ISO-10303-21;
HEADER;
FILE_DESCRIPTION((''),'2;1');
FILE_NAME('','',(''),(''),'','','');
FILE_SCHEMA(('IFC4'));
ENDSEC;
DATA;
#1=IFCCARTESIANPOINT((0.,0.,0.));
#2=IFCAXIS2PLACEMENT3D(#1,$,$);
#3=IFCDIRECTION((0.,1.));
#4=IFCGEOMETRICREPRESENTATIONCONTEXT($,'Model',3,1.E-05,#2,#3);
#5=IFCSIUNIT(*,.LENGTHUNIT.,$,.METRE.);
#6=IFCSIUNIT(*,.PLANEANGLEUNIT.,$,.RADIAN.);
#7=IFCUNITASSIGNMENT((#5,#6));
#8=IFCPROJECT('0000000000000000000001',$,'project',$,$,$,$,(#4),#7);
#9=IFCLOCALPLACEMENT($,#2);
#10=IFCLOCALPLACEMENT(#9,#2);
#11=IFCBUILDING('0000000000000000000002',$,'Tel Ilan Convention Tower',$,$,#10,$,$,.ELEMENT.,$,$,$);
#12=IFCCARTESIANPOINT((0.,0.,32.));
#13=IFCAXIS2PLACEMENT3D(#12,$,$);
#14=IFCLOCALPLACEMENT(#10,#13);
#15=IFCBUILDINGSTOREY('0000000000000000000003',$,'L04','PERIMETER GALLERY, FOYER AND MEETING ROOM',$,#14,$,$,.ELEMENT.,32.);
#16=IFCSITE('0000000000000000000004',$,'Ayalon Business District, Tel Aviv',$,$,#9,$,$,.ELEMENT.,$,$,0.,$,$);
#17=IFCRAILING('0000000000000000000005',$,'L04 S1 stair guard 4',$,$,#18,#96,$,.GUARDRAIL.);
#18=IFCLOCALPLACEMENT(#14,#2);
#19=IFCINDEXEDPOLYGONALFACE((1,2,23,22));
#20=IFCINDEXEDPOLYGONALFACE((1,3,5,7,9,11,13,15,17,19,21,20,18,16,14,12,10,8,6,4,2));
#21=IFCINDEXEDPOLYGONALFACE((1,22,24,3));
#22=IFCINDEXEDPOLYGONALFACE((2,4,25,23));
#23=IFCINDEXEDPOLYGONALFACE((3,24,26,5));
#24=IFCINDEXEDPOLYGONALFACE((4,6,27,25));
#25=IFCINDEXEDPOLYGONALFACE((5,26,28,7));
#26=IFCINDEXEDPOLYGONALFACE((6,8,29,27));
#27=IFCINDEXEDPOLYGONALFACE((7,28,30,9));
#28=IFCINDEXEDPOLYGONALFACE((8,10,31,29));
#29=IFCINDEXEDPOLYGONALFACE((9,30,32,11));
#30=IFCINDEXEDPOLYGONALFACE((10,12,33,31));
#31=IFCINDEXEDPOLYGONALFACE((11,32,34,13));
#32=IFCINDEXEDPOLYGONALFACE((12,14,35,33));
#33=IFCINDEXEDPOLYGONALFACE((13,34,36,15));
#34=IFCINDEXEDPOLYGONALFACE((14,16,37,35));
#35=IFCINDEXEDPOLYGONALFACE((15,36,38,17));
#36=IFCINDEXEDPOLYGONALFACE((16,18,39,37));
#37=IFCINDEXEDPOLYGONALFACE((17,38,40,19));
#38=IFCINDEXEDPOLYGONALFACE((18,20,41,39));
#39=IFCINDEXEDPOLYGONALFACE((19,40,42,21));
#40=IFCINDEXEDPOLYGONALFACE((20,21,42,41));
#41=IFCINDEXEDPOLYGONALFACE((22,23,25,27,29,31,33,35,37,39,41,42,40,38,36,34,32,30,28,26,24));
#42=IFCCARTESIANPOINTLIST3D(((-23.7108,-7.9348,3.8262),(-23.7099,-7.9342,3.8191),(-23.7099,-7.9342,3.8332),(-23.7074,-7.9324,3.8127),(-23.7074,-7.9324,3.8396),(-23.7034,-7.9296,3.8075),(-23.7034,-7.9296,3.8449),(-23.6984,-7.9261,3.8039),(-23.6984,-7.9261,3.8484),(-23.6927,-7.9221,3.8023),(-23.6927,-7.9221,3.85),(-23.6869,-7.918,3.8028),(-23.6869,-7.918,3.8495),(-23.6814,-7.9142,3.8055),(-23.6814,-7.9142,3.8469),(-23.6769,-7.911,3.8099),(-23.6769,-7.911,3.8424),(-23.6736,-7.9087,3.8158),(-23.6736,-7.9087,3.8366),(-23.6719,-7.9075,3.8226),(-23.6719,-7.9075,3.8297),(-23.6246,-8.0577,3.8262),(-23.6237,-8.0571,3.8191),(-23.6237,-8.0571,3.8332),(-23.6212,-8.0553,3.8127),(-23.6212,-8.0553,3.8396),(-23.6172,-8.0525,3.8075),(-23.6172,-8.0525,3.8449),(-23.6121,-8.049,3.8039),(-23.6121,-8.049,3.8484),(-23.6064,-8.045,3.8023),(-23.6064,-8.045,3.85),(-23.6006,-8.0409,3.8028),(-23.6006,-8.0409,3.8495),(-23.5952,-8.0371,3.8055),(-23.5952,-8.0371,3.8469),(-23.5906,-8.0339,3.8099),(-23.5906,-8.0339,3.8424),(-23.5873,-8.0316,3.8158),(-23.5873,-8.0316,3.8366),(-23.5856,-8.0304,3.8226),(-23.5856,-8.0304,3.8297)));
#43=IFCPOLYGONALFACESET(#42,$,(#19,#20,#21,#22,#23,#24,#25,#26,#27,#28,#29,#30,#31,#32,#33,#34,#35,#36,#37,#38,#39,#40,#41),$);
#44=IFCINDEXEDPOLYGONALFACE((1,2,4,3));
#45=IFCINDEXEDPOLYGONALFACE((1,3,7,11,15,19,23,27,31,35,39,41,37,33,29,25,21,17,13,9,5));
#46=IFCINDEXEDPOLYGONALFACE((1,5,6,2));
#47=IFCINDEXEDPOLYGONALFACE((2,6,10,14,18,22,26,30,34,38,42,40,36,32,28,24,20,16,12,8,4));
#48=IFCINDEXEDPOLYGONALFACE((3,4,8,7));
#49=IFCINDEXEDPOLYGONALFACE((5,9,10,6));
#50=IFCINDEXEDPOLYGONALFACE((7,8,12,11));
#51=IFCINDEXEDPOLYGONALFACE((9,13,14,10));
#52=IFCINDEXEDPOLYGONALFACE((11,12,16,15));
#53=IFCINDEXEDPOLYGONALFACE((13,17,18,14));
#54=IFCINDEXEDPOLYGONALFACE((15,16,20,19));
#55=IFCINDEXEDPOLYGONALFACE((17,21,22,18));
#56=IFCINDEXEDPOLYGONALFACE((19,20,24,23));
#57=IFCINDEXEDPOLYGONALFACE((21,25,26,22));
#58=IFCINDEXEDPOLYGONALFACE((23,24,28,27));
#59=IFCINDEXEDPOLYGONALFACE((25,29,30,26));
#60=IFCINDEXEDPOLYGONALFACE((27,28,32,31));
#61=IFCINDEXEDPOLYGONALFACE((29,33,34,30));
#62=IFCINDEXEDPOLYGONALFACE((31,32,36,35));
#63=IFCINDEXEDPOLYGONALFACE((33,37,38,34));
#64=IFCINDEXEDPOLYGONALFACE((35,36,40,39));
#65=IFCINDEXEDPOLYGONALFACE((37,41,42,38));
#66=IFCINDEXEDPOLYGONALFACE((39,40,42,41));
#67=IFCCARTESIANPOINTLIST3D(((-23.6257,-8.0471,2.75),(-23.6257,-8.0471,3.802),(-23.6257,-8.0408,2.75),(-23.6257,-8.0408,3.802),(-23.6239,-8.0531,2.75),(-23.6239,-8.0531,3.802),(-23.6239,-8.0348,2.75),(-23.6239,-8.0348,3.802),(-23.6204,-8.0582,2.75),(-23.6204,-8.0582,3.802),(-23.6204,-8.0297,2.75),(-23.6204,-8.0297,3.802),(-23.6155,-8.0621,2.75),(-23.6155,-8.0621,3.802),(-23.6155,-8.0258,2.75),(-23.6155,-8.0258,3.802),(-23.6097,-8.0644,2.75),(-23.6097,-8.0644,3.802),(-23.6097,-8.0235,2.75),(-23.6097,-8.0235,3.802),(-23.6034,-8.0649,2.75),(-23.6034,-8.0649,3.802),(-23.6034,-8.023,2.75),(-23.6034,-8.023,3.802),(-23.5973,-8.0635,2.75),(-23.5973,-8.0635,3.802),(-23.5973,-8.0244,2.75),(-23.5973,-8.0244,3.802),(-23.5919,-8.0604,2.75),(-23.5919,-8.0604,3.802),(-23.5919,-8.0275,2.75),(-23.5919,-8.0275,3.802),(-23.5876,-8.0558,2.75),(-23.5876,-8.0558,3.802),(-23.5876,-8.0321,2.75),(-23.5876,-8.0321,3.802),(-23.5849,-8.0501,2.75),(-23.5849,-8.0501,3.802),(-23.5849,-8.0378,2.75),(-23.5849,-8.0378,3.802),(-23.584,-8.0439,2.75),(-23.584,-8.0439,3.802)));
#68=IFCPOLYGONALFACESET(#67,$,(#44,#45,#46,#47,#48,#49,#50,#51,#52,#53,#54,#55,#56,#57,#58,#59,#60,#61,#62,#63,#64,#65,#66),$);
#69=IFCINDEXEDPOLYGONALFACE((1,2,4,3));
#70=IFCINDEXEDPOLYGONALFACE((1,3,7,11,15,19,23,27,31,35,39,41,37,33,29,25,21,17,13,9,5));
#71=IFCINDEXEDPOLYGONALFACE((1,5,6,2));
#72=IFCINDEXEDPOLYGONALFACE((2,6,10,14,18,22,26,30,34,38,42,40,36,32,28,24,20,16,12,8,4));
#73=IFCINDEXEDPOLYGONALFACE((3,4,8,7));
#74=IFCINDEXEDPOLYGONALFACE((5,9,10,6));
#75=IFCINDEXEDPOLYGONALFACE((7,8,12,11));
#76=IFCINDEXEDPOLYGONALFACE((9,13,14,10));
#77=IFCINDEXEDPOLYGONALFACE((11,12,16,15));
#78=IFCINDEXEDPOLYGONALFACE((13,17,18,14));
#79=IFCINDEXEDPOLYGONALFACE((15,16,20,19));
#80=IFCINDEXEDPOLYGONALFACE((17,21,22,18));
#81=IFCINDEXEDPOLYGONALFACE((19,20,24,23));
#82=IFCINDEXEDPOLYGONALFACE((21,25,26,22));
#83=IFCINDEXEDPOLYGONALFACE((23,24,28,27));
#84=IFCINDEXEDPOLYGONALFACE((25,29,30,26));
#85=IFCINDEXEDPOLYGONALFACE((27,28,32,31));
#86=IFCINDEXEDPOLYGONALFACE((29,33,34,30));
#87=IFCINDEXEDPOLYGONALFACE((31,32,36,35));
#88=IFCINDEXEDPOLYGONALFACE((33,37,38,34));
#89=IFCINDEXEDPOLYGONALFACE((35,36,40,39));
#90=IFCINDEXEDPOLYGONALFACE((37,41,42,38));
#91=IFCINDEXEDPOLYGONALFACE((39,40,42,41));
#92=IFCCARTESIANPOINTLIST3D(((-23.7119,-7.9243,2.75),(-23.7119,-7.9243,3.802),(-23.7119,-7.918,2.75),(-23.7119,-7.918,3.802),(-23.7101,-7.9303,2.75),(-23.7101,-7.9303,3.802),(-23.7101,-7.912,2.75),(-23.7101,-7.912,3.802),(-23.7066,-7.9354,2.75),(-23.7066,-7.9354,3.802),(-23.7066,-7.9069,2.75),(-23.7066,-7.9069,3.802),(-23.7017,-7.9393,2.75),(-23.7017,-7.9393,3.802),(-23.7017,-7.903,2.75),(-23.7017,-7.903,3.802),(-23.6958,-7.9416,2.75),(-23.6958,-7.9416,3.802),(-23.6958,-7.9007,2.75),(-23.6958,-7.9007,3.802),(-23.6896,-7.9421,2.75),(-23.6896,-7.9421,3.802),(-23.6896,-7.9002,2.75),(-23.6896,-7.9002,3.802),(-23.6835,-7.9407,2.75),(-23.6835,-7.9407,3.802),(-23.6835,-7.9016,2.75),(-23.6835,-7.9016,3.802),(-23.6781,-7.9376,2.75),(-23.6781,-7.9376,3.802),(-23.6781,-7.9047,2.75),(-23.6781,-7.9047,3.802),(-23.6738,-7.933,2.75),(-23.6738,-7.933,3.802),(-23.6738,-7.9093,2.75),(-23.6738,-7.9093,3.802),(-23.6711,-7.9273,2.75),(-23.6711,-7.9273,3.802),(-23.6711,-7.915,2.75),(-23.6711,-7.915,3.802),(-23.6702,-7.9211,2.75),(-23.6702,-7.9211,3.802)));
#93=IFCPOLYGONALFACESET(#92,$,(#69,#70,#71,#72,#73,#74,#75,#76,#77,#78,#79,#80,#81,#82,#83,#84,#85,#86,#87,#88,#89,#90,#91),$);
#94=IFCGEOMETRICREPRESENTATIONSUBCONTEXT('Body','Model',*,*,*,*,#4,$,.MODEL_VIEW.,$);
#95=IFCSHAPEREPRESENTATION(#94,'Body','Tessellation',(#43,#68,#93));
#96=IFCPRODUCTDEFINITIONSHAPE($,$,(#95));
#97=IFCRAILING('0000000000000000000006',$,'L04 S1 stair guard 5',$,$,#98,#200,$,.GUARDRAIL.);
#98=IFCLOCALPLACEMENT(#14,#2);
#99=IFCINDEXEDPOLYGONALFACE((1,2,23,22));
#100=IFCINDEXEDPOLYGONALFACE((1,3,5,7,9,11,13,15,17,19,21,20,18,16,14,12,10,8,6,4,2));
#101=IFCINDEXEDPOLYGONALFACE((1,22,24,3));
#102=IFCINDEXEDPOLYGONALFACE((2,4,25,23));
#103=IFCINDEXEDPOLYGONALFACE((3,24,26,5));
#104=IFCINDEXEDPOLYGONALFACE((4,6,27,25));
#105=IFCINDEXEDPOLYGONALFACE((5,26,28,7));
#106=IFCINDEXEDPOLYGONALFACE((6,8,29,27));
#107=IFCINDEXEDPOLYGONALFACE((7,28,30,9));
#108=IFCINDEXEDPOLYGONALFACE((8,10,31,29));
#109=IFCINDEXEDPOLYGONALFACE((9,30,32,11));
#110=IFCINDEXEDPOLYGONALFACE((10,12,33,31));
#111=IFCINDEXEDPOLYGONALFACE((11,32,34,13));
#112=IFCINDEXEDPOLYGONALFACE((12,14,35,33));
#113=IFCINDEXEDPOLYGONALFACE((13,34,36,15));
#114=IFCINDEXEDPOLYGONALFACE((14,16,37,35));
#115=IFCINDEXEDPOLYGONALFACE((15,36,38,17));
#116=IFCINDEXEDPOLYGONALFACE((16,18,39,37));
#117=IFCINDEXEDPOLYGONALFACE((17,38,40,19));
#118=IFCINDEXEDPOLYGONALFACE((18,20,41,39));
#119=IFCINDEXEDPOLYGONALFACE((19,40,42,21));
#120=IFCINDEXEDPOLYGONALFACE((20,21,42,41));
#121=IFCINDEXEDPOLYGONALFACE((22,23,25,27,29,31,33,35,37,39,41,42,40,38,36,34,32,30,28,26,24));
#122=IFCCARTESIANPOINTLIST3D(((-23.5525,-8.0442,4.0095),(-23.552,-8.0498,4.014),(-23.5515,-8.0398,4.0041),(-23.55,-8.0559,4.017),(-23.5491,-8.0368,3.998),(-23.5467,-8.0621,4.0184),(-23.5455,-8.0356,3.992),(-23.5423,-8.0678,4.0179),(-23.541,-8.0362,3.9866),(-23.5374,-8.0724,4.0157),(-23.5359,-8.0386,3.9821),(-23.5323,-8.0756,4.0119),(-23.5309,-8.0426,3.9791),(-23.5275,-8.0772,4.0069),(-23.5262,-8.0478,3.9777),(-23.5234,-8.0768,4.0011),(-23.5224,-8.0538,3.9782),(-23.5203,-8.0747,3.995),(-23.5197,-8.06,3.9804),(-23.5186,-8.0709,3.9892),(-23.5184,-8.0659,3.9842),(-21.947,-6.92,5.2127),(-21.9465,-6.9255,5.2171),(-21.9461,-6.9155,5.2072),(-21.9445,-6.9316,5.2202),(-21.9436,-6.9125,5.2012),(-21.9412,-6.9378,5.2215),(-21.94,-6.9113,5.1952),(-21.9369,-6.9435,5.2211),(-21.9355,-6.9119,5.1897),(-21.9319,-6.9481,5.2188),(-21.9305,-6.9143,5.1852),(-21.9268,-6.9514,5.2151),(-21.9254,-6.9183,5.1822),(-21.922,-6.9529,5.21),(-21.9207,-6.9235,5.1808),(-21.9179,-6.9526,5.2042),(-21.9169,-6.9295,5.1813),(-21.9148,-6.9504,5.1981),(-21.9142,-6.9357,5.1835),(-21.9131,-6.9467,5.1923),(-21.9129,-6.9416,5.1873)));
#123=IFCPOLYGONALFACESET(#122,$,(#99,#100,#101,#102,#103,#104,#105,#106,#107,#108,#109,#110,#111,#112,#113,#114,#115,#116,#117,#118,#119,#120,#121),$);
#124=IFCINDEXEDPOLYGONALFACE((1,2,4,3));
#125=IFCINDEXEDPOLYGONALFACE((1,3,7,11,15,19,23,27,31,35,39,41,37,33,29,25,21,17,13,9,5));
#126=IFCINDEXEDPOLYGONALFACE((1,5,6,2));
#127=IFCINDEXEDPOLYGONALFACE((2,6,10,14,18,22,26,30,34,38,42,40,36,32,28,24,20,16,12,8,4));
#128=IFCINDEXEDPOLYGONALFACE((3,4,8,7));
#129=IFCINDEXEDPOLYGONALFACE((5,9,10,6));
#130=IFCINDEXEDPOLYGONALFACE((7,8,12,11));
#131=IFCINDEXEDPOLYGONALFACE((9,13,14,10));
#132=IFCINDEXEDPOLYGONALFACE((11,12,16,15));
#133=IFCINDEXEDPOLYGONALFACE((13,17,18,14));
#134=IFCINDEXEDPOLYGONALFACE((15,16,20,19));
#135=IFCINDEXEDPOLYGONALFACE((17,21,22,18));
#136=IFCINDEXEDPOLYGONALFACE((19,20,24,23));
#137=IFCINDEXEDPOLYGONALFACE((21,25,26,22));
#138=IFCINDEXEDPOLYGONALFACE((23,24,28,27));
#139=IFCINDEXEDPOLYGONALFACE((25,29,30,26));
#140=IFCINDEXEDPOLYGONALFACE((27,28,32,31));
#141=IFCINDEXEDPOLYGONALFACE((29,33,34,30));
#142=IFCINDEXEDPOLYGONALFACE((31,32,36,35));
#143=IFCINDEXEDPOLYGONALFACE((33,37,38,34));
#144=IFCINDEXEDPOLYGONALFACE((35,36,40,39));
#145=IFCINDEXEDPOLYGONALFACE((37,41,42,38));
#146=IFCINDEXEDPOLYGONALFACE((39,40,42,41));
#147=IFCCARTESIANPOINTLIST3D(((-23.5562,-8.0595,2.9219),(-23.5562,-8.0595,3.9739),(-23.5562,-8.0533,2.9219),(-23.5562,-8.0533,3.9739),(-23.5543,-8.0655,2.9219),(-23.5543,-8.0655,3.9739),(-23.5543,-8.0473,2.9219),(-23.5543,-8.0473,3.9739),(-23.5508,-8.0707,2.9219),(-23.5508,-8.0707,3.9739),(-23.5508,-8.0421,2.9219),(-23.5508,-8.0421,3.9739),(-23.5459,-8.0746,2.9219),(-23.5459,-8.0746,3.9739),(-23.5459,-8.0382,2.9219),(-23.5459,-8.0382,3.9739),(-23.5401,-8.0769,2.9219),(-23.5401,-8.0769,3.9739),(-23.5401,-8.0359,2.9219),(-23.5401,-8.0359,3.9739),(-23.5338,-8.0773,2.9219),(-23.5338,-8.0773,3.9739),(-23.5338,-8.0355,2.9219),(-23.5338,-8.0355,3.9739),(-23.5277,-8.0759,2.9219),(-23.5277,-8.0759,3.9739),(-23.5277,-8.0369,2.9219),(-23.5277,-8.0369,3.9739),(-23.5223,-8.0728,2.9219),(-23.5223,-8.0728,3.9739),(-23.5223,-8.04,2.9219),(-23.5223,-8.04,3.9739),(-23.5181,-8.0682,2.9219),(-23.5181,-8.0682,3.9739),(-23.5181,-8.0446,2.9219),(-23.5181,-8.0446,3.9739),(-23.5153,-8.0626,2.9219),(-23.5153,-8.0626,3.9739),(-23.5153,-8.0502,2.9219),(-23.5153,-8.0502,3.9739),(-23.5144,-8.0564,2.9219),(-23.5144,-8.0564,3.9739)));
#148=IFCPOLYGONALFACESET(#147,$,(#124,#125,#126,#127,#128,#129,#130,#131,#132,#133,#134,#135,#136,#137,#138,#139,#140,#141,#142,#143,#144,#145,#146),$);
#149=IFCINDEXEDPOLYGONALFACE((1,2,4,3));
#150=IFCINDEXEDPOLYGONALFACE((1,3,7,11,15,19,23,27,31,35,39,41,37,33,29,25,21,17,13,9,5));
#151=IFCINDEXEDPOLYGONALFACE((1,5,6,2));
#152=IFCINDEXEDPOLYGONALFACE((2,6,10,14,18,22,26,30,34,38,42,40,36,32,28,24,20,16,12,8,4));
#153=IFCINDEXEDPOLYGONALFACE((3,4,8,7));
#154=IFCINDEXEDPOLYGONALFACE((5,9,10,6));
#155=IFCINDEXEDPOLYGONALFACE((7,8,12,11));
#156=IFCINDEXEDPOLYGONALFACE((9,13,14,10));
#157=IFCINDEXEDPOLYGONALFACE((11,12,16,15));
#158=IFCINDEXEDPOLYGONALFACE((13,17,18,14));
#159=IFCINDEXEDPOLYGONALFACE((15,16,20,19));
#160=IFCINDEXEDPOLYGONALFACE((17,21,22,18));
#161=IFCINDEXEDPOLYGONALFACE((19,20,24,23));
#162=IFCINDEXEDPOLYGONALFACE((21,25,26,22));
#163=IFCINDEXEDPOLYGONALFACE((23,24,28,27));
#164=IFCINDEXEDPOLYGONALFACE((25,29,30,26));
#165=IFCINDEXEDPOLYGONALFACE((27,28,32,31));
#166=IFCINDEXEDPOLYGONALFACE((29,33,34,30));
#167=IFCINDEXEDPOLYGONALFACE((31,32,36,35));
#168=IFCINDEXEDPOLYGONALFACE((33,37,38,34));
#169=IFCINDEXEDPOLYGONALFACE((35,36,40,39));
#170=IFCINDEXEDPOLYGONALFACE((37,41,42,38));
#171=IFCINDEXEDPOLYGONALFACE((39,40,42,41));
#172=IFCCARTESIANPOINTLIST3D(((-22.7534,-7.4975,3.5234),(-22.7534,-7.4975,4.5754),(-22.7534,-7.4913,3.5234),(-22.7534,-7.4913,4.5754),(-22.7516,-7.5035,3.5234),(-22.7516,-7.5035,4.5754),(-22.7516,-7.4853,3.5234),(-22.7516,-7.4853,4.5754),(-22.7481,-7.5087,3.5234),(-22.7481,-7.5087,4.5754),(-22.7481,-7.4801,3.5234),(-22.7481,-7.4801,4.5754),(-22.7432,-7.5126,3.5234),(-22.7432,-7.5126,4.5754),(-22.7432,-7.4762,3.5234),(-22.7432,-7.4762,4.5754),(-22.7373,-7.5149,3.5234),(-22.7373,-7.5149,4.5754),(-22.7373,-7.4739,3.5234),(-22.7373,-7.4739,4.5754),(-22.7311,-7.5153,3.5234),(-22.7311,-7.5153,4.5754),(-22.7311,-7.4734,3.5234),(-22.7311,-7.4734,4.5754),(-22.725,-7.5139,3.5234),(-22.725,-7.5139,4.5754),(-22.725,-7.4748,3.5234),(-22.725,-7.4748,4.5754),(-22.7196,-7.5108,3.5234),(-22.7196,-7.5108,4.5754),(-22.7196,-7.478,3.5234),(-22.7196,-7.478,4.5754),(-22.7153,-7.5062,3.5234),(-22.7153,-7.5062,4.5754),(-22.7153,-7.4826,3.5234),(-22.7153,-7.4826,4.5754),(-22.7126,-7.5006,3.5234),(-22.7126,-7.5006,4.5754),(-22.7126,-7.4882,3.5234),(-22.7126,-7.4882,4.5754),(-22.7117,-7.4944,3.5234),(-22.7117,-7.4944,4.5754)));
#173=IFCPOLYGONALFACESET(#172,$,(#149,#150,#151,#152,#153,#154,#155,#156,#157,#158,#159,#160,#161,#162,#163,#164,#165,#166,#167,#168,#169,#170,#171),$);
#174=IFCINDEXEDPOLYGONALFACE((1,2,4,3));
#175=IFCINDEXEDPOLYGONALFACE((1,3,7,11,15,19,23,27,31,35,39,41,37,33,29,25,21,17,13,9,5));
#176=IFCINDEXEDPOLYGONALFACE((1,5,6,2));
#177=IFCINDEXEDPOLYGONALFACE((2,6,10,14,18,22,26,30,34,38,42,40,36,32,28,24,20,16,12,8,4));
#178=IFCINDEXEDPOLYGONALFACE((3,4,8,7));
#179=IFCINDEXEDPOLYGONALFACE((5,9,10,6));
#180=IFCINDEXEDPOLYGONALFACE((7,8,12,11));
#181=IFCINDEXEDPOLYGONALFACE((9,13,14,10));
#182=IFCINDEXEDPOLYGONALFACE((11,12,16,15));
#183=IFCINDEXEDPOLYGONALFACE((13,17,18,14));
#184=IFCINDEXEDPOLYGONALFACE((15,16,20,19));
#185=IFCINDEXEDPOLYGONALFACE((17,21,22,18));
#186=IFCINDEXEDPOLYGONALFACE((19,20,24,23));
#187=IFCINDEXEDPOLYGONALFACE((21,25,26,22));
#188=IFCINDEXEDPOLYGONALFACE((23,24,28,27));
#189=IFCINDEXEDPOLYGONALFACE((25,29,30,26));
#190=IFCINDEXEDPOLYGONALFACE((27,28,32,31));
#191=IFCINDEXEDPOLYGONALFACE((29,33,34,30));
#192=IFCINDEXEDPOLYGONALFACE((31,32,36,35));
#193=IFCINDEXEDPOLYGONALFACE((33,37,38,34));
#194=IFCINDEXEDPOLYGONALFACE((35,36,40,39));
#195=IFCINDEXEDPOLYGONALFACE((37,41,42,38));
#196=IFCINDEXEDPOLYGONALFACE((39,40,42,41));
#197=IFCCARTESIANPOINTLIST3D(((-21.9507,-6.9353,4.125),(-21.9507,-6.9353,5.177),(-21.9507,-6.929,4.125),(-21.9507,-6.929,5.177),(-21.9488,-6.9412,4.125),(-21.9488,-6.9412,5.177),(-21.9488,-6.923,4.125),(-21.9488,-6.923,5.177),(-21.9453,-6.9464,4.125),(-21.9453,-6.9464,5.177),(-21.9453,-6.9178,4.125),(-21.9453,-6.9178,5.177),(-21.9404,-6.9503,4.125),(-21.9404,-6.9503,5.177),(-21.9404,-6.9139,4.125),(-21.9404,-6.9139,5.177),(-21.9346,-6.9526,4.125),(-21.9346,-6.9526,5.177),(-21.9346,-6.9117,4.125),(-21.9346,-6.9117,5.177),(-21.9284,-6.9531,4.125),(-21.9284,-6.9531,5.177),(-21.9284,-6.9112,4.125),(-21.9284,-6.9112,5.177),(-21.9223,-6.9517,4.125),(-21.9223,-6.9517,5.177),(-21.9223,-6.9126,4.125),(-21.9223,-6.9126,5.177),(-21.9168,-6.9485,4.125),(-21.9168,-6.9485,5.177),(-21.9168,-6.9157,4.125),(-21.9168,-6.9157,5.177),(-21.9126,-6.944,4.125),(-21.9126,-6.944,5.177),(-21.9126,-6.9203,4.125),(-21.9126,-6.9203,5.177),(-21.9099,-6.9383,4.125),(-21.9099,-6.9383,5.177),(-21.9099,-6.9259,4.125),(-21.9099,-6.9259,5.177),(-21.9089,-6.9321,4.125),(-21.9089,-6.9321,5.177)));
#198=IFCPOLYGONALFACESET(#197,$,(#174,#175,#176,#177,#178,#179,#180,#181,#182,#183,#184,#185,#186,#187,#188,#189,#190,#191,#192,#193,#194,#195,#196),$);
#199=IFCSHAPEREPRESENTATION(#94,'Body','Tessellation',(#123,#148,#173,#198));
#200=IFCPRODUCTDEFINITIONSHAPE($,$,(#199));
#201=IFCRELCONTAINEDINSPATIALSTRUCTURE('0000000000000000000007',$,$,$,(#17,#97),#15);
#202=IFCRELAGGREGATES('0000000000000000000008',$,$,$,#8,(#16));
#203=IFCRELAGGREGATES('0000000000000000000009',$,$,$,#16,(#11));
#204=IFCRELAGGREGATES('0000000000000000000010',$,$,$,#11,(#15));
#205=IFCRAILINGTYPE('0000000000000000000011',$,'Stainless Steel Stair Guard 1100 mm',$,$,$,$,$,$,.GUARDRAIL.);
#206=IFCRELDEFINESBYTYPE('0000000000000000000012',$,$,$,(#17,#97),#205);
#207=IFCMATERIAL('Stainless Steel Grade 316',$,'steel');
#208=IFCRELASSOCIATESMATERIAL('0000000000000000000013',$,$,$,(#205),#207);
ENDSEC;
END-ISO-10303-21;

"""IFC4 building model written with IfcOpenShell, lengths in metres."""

from ifc_helpers import new_model, si_unit, direction, frame, origin, origin_2d, place, context, subcontext, project, spatial, circle, extrude, material, type_object, element, save


model = new_model("IFC4")

# Units and contexts
model_context = context("Model", 3, precision=1e-05, world=origin(), true_north=direction((0.0, 1.0)))
body_context = subcontext(model_context, "Body", "Model", "MODEL_VIEW")
ifc_project = project(units=[si_unit("LENGTHUNIT", "METRE"), si_unit("PLANEANGLEUNIT", "RADIAN")], contexts=[model_context])

# Site, building, storey
site_placement = place(None, origin())
site = spatial("IfcSite", under=ifc_project, at=site_placement, Name="Ayalon Business District, Tel Aviv", CompositionType="ELEMENT", RefElevation=0.0)
building_placement = place(site_placement, origin())
building = spatial("IfcBuilding", under=site, at=building_placement, Name="Tel Ilan Convention Tower", CompositionType="ELEMENT")
storey_placement = place(building_placement, frame((0.0, 0.0, 32.0)))
storey = spatial("IfcBuildingStorey", under=building, at=storey_placement, Name="L04", Description="PERIMETER GALLERY, FOYER AND MEETING ROOM", CompositionType="ELEMENT", Elevation=32.0)

# Railings
ifc_material_1 = material(Name="Stainless Steel Grade 316", Category="steel")
railing_type_1 = type_object("IfcRailingType", Name="Stainless Steel Stair Guard 1100 mm", PredefinedType="GUARDRAIL", material=ifc_material_1)
railing_1_placement = place(storey_placement, frame((-23.605, -8.0439, 2.75)))
element("IfcRailing", 1, at=railing_1_placement, inside=storey, type_object=railing_type_1, Name="L04 S1 stair guard 4", PredefinedType="GUARDRAIL", context=body_context, shape_type="SweptSolid", body=[
    extrude(circle(Radius=0.0239, at=origin_2d()), frame((0.0, 0.0, 1.0762), z_axis=(-0.574445, 0.818543, 0.0), x_axis=(-0.818543, -0.574445, 0.0)), (0.0, 0.0, 1.0), 0.1501),
    extrude(circle(Radius=0.021, at=origin_2d()), origin(), (0.0, 0.0, 1.0), 1.052),
    extrude(circle(Radius=0.021, at=origin_2d()), frame((-0.0862, 0.1228, 0.0)), (0.0, 0.0, 1.0), 1.052),
])
railing_2_placement = place(storey_placement, frame((-23.5354, -8.0564, 2.9219)))
element("IfcRailing", 2, at=railing_2_placement, inside=storey, type_object=railing_type_1, Name="L04 S1 stair guard 5", PredefinedType="GUARDRAIL", context=body_context, shape_type="SweptSolid", body=[
    extrude(circle(Radius=0.0239, at=origin_2d()), frame((0.0, 0.0, 1.0762), z_axis=(0.698095, 0.488857, 0.523146), x_axis=(-0.573613, 0.819127, 0.0)), (0.0, 0.0, 1.0), 2.2998),
    extrude(circle(Radius=0.021, at=origin_2d()), origin(), (0.0, 0.0, 1.0), 1.052),
    extrude(circle(Radius=0.021, at=origin_2d()), frame((0.8027, 0.562, 0.6016)), (0.0, 0.0, 1.0), 1.052),
    extrude(circle(Radius=0.021, at=origin_2d()), frame((1.6055, 1.1243, 1.2031)), (0.0, 0.0, 1.0), 1.052),
])

save(model, "model.ifc")
